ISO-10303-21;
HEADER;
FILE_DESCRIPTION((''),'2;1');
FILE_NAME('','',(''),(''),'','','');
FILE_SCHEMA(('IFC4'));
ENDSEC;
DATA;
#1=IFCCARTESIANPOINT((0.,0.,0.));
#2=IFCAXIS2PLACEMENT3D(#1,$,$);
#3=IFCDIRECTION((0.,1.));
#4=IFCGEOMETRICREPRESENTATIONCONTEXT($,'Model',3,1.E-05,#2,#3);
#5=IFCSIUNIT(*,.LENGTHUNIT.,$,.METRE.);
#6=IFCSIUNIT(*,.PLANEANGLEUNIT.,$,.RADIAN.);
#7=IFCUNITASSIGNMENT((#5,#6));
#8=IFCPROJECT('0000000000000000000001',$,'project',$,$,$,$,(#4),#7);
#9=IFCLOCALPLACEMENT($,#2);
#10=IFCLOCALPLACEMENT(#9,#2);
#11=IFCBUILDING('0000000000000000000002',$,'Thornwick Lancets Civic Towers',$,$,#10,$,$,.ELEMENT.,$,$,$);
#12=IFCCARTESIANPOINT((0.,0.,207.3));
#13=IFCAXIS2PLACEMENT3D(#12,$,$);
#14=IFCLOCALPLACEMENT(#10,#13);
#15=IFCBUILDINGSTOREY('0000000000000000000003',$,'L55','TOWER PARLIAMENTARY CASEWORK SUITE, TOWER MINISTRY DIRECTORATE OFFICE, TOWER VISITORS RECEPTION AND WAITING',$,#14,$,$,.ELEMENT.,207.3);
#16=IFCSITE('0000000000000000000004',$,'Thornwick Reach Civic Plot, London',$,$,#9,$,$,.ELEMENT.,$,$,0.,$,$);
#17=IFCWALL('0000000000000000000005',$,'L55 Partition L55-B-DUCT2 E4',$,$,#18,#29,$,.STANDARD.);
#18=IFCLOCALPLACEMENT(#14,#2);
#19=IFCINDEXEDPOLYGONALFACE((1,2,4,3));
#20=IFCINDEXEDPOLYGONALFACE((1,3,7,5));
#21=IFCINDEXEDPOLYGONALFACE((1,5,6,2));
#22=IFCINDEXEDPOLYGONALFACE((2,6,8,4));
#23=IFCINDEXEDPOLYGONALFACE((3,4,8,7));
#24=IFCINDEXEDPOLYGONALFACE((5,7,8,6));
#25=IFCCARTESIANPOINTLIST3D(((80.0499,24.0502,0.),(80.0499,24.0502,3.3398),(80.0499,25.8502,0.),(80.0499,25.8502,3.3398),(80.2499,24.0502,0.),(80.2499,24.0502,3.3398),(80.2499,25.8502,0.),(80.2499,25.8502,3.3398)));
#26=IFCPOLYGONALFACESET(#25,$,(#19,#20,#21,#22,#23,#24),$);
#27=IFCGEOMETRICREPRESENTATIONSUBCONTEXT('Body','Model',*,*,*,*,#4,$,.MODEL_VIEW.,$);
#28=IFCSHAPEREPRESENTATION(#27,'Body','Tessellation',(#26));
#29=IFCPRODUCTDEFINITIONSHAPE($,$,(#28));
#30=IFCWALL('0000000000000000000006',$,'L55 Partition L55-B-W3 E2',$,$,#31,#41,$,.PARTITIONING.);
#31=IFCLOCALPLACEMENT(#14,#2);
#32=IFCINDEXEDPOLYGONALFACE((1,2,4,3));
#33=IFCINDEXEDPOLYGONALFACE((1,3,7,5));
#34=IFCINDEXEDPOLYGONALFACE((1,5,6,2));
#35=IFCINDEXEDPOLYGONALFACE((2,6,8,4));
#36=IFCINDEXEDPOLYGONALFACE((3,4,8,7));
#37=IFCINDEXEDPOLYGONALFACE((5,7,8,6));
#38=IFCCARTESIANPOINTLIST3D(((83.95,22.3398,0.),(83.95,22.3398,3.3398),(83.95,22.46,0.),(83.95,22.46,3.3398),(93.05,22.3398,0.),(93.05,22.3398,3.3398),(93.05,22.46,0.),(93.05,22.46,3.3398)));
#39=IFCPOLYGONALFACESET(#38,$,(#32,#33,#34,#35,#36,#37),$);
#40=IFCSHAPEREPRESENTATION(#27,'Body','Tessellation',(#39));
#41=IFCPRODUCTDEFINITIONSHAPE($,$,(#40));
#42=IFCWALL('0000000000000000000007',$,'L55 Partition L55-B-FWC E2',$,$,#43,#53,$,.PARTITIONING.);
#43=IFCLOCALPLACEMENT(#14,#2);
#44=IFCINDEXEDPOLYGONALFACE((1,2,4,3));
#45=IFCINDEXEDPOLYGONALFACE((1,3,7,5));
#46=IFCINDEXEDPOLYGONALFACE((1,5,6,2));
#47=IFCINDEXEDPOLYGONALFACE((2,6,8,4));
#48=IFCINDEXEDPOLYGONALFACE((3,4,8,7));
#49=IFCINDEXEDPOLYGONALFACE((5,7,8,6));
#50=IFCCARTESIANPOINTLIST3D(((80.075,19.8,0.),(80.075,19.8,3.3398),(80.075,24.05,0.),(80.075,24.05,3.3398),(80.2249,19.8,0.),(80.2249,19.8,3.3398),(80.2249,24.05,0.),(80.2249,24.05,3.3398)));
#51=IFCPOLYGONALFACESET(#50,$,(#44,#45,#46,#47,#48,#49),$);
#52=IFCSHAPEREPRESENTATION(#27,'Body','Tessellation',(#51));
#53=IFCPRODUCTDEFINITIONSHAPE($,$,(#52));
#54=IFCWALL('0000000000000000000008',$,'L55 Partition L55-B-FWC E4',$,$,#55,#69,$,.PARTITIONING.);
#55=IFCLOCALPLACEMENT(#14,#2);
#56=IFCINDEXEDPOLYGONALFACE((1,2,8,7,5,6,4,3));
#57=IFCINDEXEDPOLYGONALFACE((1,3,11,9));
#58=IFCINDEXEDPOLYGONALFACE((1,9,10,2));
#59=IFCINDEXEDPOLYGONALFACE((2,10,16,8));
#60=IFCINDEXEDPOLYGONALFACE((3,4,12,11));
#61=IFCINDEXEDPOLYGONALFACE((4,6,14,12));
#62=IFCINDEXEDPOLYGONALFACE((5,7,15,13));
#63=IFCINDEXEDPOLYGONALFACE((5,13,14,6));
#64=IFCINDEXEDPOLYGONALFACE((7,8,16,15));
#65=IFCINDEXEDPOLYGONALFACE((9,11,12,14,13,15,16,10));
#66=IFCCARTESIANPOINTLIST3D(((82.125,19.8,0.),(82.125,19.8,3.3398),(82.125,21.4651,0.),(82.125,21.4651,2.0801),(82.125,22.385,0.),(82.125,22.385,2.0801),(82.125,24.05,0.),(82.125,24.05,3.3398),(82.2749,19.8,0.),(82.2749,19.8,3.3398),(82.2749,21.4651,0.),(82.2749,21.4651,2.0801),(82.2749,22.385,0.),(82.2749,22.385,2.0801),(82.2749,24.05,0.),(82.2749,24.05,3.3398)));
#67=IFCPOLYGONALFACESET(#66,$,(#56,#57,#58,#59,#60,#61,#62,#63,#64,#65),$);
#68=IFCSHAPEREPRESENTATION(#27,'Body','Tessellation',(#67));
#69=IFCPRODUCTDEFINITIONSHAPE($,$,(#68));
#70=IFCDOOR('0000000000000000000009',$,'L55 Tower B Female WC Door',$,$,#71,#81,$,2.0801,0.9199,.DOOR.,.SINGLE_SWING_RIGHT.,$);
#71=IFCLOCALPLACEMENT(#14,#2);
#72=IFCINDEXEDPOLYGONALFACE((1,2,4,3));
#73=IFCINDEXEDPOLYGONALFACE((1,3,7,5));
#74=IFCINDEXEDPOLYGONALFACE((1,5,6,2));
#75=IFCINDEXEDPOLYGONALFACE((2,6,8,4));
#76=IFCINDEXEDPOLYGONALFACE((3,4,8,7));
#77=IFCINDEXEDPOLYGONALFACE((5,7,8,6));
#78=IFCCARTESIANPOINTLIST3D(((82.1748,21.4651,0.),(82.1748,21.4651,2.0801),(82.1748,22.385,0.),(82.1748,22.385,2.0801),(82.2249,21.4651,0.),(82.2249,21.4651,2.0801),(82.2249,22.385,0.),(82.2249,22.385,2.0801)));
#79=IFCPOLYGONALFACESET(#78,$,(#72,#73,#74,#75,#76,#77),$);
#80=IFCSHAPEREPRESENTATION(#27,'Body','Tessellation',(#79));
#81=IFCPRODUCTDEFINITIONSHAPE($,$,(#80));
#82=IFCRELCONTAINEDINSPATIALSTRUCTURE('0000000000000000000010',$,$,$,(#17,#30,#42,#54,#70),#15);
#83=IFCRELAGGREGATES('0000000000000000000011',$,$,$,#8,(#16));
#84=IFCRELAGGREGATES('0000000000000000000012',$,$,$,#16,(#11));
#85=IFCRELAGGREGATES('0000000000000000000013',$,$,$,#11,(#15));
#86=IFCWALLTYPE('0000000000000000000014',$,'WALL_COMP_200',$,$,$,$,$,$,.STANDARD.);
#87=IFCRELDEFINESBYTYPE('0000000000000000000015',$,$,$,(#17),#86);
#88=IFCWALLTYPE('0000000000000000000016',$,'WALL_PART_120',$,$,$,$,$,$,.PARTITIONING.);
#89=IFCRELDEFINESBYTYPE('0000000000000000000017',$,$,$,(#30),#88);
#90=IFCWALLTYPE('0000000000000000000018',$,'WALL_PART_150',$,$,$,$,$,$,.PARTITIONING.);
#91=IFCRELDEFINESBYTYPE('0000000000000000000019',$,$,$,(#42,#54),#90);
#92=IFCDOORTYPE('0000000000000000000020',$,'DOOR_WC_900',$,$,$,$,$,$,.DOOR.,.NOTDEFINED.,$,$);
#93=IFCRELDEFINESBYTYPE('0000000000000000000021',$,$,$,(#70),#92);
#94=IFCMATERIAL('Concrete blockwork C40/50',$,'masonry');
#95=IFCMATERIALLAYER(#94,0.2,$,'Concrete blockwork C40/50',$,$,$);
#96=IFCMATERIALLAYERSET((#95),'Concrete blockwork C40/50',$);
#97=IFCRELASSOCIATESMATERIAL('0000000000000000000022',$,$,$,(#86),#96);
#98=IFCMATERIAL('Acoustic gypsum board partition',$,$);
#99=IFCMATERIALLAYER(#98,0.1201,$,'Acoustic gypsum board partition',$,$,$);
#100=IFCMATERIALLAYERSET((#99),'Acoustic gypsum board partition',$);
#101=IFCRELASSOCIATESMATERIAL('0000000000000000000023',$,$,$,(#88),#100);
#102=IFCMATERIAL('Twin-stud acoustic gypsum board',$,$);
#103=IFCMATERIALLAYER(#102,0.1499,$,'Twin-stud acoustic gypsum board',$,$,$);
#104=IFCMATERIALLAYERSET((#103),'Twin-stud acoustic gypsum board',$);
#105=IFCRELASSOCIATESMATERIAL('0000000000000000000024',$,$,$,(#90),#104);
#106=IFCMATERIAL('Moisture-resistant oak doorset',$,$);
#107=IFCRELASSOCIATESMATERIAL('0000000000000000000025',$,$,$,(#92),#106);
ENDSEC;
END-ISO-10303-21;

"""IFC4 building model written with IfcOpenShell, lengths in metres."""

from ifc_helpers import new_model, si_unit, direction, frame, frame_2d, origin, place, context, subcontext, project, spatial, rectangle, extrude, material, layer, layer_set, type_object, element, fill, save


model = new_model("IFC4")

# Units and contexts
model_context = context("Model", 3, precision=1e-05, world=origin(), true_north=direction((0.0, 1.0)))
body_context = subcontext(model_context, "Body", "Model", "MODEL_VIEW")
ifc_project = project(units=[si_unit("LENGTHUNIT", "METRE"), si_unit("PLANEANGLEUNIT", "RADIAN")], contexts=[model_context])

# Site, building, storey
site_placement = place(None, origin())
site = spatial("IfcSite", under=ifc_project, at=site_placement, Name="Thornwick Reach Civic Plot, London", CompositionType="ELEMENT", RefElevation=0.0)
building_placement = place(site_placement, origin())
building = spatial("IfcBuilding", under=site, at=building_placement, Name="Thornwick Lancets Civic Towers", CompositionType="ELEMENT")
storey_placement = place(building_placement, frame((0.0, 0.0, 207.3)))
storey = spatial("IfcBuildingStorey", under=building, at=storey_placement, Name="L55", Description="TOWER PARLIAMENTARY CASEWORK SUITE, TOWER MINISTRY DIRECTORATE OFFICE, TOWER VISITORS RECEPTION AND WAITING", CompositionType="ELEMENT", Elevation=207.3)

# Shared definitions
ifc_material_1 = material(Name="Concrete blockwork C40/50", Category="masonry")
ifc_layer_1 = layer(ifc_material_1, 0.2, Name="Concrete blockwork C40/50")
ifc_layer_set_1 = layer_set([ifc_layer_1], Name="Concrete blockwork C40/50")
wall_type_1 = type_object("IfcWallType", Name="WALL_COMP_200", PredefinedType="STANDARD", material=ifc_layer_set_1)

# Walls
wall_1_placement = place(storey_placement, frame((80.1499, 25.8501, 0.0), z_axis=(0.0, 0.0, 1.0), x_axis=(0.0, -1.0, 0.0)))
element("IfcWall", 1, at=wall_1_placement, inside=storey, type_object=wall_type_1, Name="L55 Partition L55-B-DUCT2 E4", PredefinedType="STANDARD", context=body_context, shape_type="SweptSolid", body=[
    extrude(rectangle(XDim=1.8, YDim=0.2, at=frame_2d((0.8999, 0.0))), origin(), (0.0, 0.0, 1.0), 3.3398),
])
ifc_material_2 = material(Name="Acoustic gypsum board partition")
ifc_layer_2 = layer(ifc_material_2, 0.1201, Name="Acoustic gypsum board partition")
ifc_layer_set_2 = layer_set([ifc_layer_2], Name="Acoustic gypsum board partition")
wall_type_2 = type_object("IfcWallType", Name="WALL_PART_120", PredefinedType="PARTITIONING", material=ifc_layer_set_2)
wall_2_placement = place(storey_placement, frame((83.95, 22.3999, 0.0), z_axis=(0.0, 0.0, 1.0), x_axis=(1.0, 0.0, 0.0)))
element("IfcWall", 2, at=wall_2_placement, inside=storey, type_object=wall_type_2, Name="L55 Partition L55-B-W3 E2", PredefinedType="PARTITIONING", context=body_context, shape_type="SweptSolid", body=[
    extrude(rectangle(XDim=9.1001, YDim=0.1201, at=frame_2d((4.55, 0.0))), origin(), (0.0, 0.0, 1.0), 3.3398),
])
ifc_material_3 = material(Name="Twin-stud acoustic gypsum board")
ifc_layer_3 = layer(ifc_material_3, 0.1499, Name="Twin-stud acoustic gypsum board")
ifc_layer_set_3 = layer_set([ifc_layer_3], Name="Twin-stud acoustic gypsum board")
wall_type_3 = type_object("IfcWallType", Name="WALL_PART_150", PredefinedType="PARTITIONING", material=ifc_layer_set_3)
wall_3_placement = place(storey_placement, frame((80.1499, 19.8, 0.0), z_axis=(0.0, 0.0, 1.0), x_axis=(0.0, 1.0, 0.0)))
element("IfcWall", 3, at=wall_3_placement, inside=storey, type_object=wall_type_3, Name="L55 Partition L55-B-FWC E2", PredefinedType="PARTITIONING", context=body_context, shape_type="SweptSolid", body=[
    extrude(rectangle(XDim=4.25, YDim=0.1499, at=frame_2d((2.125, 0.0))), origin(), (0.0, 0.0, 1.0), 3.3398),
])

# Wall, opening, door
wall_4_placement = place(storey_placement, frame((82.2, 24.05, 0.0), z_axis=(0.0, 0.0, 1.0), x_axis=(0.0, -1.0, 0.0)))
wall_4 = element("IfcWall", 4, at=wall_4_placement, inside=storey, type_object=wall_type_3, Name="L55 Partition L55-B-FWC E4", PredefinedType="PARTITIONING", context=body_context, shape_type="SweptSolid", body=[
    extrude(rectangle(XDim=4.25, YDim=0.1499, at=frame_2d((2.125, 0.0))), origin(), (0.0, 0.0, 1.0), 3.3398),
])
opening_1_placement = place(wall_4_placement, frame((1.665, 0.0, 0.0)))
opening_1 = element("IfcOpeningElement", 5, at=opening_1_placement, cuts=wall_4, PredefinedType="OPENING", context=body_context, shape_type="SweptSolid", body=[
    extrude(rectangle(XDim=0.9199, YDim=2.0801, at=frame_2d((0.46, 1.04))), frame((0.0, 0.085, 0.0), z_axis=(0.0, -1.0, 0.0), x_axis=(1.0, 0.0, 0.0)), (0.0, 0.0, 1.0), 0.1699),
])
ifc_material_4 = material(Name="Moisture-resistant oak doorset")
door_type_1 = type_object("IfcDoorType", Name="DOOR_WC_900", OperationType="NOTDEFINED", PredefinedType="DOOR", material=ifc_material_4)
door_1_placement = place(opening_1_placement, origin())
door_1 = element("IfcDoor", 6, at=door_1_placement, inside=storey, type_object=door_type_1, Name="L55 Tower B Female WC Door", OperationType="SINGLE_SWING_RIGHT", OverallHeight=2.0801, OverallWidth=0.9199, PredefinedType="DOOR", context=body_context, shape_type="SweptSolid", body=[
    extrude(rectangle(XDim=0.9199, YDim=2.0801, at=frame_2d((0.46, 1.04))), frame((0.0, 0.0249, 0.0), z_axis=(0.0, -1.0, 0.0), x_axis=(1.0, 0.0, 0.0)), (0.0, 0.0, 1.0), 0.05),
])
fill(opening_1, door_1)

save(model, "model.ifc")
